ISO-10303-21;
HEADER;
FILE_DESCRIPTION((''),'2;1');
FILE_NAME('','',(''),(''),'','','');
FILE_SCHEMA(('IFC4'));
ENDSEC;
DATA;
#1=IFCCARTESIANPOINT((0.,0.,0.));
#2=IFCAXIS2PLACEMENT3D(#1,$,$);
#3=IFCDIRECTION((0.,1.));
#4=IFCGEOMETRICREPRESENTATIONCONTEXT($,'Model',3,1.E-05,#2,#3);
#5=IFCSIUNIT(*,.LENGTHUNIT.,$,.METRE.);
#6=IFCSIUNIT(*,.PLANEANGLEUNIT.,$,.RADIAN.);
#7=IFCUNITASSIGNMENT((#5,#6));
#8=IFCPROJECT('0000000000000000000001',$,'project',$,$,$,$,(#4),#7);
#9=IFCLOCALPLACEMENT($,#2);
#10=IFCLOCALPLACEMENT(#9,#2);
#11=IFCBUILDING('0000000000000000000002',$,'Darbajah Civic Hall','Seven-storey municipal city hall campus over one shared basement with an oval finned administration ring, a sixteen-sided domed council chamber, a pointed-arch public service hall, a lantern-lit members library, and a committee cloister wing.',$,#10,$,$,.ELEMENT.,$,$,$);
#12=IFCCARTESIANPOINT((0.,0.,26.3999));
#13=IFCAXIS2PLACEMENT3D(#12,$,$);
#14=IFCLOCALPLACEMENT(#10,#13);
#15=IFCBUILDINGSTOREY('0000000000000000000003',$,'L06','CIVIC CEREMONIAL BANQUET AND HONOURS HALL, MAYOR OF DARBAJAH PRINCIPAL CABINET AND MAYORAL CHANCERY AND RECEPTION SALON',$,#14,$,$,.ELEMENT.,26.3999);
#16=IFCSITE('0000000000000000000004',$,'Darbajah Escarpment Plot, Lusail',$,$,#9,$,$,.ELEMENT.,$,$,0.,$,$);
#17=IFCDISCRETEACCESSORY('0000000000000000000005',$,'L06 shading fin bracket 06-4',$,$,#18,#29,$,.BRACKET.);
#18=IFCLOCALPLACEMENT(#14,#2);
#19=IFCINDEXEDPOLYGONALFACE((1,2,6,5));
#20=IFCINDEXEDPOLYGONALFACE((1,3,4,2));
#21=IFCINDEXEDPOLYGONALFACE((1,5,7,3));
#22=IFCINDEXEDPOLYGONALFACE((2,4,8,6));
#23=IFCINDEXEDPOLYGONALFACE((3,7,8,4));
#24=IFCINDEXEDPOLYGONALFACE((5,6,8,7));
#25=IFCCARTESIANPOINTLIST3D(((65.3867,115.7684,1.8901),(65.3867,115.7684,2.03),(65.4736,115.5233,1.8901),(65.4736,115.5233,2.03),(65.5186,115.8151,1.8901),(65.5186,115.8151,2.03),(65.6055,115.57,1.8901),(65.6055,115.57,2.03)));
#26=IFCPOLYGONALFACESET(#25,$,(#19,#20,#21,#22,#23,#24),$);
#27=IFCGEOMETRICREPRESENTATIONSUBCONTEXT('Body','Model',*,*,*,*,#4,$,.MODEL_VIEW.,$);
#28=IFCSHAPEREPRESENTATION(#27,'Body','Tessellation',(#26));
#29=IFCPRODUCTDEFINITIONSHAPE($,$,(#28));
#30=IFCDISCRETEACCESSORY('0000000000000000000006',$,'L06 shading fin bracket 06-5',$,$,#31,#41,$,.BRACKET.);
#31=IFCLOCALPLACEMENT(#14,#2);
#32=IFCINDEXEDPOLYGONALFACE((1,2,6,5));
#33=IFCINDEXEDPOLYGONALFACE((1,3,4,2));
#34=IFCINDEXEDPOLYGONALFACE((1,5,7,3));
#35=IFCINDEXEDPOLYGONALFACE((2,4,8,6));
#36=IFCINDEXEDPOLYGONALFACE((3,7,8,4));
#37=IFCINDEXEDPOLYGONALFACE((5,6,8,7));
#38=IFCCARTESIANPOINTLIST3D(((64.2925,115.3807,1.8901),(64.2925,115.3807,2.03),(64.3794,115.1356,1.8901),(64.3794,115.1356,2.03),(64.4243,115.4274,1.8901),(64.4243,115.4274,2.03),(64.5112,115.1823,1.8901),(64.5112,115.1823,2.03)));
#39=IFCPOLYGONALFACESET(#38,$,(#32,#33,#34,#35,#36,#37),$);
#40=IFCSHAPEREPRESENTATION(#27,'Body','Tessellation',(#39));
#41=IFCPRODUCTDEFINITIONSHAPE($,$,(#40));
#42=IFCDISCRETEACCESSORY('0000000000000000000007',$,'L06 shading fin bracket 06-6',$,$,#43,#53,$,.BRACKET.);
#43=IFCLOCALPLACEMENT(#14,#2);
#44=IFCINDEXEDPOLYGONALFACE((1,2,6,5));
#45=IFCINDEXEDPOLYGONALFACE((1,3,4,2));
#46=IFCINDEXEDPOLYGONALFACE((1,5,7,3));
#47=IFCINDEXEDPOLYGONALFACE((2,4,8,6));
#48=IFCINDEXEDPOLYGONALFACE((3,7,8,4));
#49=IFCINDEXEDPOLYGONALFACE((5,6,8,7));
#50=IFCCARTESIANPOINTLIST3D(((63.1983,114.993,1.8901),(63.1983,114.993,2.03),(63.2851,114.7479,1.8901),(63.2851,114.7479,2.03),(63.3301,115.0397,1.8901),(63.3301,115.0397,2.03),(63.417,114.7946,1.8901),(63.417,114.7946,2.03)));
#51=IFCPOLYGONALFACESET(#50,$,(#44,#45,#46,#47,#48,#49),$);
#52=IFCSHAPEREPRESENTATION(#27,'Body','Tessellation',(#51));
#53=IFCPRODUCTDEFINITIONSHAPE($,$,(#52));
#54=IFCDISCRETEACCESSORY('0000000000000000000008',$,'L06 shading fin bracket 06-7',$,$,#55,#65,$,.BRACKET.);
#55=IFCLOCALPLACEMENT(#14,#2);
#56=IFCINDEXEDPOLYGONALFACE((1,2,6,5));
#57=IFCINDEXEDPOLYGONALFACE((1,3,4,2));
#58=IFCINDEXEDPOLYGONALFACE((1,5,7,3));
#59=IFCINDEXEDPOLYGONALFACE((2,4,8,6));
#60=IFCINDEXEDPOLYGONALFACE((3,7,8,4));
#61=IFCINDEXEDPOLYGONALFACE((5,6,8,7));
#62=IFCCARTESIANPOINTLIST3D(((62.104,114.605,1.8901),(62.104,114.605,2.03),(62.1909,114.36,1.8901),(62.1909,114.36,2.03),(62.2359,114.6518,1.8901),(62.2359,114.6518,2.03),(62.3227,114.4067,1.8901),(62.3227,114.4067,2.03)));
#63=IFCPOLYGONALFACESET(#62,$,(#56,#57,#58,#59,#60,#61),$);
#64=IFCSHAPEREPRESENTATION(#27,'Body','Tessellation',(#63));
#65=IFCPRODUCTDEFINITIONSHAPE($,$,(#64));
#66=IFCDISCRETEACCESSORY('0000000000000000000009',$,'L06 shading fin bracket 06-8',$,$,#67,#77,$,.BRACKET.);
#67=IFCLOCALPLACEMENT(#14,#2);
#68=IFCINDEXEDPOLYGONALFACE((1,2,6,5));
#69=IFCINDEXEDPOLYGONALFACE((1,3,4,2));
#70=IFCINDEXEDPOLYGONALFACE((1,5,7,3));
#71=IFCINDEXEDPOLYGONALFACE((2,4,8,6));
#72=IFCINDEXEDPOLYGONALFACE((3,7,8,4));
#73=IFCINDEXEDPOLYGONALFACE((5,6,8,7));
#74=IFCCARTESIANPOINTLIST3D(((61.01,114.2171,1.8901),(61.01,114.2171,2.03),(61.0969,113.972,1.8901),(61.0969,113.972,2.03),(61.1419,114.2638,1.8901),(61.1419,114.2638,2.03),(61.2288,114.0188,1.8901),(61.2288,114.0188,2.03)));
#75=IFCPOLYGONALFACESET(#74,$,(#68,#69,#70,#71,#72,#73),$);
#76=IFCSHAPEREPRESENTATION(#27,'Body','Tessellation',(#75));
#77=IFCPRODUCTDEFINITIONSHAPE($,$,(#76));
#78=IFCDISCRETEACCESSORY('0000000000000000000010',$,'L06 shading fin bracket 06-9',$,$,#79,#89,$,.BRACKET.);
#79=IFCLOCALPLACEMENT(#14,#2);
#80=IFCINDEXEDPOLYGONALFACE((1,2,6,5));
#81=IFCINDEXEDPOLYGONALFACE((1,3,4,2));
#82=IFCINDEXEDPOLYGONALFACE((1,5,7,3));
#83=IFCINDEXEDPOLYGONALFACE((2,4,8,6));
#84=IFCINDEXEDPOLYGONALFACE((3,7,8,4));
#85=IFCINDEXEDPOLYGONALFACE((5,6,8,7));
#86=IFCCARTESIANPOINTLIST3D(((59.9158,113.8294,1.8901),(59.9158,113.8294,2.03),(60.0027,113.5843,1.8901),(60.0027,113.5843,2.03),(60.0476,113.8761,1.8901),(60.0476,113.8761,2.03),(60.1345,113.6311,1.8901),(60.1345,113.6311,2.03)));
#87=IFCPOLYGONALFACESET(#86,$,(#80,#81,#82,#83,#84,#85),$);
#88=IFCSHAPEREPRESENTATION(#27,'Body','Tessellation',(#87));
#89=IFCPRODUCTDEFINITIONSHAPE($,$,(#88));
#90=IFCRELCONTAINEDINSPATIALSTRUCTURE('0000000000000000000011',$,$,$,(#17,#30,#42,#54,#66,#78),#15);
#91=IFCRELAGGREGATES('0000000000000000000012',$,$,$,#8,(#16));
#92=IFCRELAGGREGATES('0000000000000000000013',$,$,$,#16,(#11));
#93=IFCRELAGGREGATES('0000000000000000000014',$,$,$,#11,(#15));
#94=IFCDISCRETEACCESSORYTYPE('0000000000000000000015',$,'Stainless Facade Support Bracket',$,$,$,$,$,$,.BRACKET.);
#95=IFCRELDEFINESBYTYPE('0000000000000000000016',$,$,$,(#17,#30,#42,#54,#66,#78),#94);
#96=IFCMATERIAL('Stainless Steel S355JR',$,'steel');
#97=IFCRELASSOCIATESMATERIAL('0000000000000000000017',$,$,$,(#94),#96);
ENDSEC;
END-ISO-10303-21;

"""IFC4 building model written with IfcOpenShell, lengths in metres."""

from ifc_helpers import new_model, si_unit, direction, frame, origin, origin_2d, place, context, subcontext, project, spatial, rectangle, extrude, material, type_object, element, save


model = new_model("IFC4")

# Units and contexts
model_context = context("Model", 3, precision=1e-05, world=origin(), true_north=direction((0.0, 1.0)))
body_context = subcontext(model_context, "Body", "Model", "MODEL_VIEW")
ifc_project = project(units=[si_unit("LENGTHUNIT", "METRE"), si_unit("PLANEANGLEUNIT", "RADIAN")], contexts=[model_context])

# Site, building, storey
site_placement = place(None, origin())
site = spatial("IfcSite", under=ifc_project, at=site_placement, Name="Darbajah Escarpment Plot, Lusail", CompositionType="ELEMENT", RefElevation=0.0)
building_placement = place(site_placement, origin())
building = spatial("IfcBuilding", under=site, at=building_placement, Name="Darbajah Civic Hall", Description="Seven-storey municipal city hall campus over one shared basement with an oval finned administration ring, a sixteen-sided domed council chamber, a pointed-arch public service hall, a lantern-lit members library, and a committee cloister wing.", CompositionType="ELEMENT")
storey_placement = place(building_placement, frame((0.0, 0.0, 26.3999)))
storey = spatial("IfcBuildingStorey", under=building, at=storey_placement, Name="L06", Description="CIVIC CEREMONIAL BANQUET AND HONOURS HALL, MAYOR OF DARBAJAH PRINCIPAL CABINET AND MAYORAL CHANCERY AND RECEPTION SALON", CompositionType="ELEMENT", Elevation=26.3999)

# Discrete accessories
ifc_material_1 = material(Name="Stainless Steel S355JR", Category="steel")
discrete_accessory_type = type_object("IfcDiscreteAccessoryType", Name="Stainless Facade Support Bracket", PredefinedType="BRACKET", material=ifc_material_1)
for number, where, z_axis, x_axis, name in (
    (1, (65.4961, 115.6692, 1.8901), (0.0, 0.0, 1.0), (-0.334136, 0.942525, 0.0), "L06 shading fin bracket 06-4"),
    (2, (64.4019, 115.2815, 1.8901), (0.0, 0.0, 1.0), (-0.334136, 0.942525, 0.0), "L06 shading fin bracket 06-5"),
    (3, (63.3076, 114.8938, 1.8901), (0.0, 0.0, 1.0), (-0.334136, 0.942525, 0.0), "L06 shading fin bracket 06-6"),
    (4, (62.2134, 114.5059, 1.8901), (0.0, 0.0, 1.0), (-0.334136, 0.942525, 0.0), "L06 shading fin bracket 06-7"),
    (5, (61.1194, 114.1179, 1.8901), (0.0, 0.0, 1.0), (-0.334136, 0.942525, 0.0), "L06 shading fin bracket 06-8"),
    (6, (60.0251, 113.7302, 1.8901), (0.0, 0.0, 1.0), (-0.334136, 0.942525, 0.0), "L06 shading fin bracket 06-9"),
):
    element("IfcDiscreteAccessory", number, at=place(storey_placement, frame(where, z_axis=z_axis, x_axis=x_axis)), inside=storey, type_object=discrete_accessory_type, Name=name, PredefinedType="BRACKET", context=body_context, shape_type="SweptSolid", body=[
        extrude(rectangle(XDim=0.26, YDim=0.1399, at=origin_2d()), origin(), (0.0, 0.0, 1.0), 0.1399),
    ])

save(model, "model.ifc")
